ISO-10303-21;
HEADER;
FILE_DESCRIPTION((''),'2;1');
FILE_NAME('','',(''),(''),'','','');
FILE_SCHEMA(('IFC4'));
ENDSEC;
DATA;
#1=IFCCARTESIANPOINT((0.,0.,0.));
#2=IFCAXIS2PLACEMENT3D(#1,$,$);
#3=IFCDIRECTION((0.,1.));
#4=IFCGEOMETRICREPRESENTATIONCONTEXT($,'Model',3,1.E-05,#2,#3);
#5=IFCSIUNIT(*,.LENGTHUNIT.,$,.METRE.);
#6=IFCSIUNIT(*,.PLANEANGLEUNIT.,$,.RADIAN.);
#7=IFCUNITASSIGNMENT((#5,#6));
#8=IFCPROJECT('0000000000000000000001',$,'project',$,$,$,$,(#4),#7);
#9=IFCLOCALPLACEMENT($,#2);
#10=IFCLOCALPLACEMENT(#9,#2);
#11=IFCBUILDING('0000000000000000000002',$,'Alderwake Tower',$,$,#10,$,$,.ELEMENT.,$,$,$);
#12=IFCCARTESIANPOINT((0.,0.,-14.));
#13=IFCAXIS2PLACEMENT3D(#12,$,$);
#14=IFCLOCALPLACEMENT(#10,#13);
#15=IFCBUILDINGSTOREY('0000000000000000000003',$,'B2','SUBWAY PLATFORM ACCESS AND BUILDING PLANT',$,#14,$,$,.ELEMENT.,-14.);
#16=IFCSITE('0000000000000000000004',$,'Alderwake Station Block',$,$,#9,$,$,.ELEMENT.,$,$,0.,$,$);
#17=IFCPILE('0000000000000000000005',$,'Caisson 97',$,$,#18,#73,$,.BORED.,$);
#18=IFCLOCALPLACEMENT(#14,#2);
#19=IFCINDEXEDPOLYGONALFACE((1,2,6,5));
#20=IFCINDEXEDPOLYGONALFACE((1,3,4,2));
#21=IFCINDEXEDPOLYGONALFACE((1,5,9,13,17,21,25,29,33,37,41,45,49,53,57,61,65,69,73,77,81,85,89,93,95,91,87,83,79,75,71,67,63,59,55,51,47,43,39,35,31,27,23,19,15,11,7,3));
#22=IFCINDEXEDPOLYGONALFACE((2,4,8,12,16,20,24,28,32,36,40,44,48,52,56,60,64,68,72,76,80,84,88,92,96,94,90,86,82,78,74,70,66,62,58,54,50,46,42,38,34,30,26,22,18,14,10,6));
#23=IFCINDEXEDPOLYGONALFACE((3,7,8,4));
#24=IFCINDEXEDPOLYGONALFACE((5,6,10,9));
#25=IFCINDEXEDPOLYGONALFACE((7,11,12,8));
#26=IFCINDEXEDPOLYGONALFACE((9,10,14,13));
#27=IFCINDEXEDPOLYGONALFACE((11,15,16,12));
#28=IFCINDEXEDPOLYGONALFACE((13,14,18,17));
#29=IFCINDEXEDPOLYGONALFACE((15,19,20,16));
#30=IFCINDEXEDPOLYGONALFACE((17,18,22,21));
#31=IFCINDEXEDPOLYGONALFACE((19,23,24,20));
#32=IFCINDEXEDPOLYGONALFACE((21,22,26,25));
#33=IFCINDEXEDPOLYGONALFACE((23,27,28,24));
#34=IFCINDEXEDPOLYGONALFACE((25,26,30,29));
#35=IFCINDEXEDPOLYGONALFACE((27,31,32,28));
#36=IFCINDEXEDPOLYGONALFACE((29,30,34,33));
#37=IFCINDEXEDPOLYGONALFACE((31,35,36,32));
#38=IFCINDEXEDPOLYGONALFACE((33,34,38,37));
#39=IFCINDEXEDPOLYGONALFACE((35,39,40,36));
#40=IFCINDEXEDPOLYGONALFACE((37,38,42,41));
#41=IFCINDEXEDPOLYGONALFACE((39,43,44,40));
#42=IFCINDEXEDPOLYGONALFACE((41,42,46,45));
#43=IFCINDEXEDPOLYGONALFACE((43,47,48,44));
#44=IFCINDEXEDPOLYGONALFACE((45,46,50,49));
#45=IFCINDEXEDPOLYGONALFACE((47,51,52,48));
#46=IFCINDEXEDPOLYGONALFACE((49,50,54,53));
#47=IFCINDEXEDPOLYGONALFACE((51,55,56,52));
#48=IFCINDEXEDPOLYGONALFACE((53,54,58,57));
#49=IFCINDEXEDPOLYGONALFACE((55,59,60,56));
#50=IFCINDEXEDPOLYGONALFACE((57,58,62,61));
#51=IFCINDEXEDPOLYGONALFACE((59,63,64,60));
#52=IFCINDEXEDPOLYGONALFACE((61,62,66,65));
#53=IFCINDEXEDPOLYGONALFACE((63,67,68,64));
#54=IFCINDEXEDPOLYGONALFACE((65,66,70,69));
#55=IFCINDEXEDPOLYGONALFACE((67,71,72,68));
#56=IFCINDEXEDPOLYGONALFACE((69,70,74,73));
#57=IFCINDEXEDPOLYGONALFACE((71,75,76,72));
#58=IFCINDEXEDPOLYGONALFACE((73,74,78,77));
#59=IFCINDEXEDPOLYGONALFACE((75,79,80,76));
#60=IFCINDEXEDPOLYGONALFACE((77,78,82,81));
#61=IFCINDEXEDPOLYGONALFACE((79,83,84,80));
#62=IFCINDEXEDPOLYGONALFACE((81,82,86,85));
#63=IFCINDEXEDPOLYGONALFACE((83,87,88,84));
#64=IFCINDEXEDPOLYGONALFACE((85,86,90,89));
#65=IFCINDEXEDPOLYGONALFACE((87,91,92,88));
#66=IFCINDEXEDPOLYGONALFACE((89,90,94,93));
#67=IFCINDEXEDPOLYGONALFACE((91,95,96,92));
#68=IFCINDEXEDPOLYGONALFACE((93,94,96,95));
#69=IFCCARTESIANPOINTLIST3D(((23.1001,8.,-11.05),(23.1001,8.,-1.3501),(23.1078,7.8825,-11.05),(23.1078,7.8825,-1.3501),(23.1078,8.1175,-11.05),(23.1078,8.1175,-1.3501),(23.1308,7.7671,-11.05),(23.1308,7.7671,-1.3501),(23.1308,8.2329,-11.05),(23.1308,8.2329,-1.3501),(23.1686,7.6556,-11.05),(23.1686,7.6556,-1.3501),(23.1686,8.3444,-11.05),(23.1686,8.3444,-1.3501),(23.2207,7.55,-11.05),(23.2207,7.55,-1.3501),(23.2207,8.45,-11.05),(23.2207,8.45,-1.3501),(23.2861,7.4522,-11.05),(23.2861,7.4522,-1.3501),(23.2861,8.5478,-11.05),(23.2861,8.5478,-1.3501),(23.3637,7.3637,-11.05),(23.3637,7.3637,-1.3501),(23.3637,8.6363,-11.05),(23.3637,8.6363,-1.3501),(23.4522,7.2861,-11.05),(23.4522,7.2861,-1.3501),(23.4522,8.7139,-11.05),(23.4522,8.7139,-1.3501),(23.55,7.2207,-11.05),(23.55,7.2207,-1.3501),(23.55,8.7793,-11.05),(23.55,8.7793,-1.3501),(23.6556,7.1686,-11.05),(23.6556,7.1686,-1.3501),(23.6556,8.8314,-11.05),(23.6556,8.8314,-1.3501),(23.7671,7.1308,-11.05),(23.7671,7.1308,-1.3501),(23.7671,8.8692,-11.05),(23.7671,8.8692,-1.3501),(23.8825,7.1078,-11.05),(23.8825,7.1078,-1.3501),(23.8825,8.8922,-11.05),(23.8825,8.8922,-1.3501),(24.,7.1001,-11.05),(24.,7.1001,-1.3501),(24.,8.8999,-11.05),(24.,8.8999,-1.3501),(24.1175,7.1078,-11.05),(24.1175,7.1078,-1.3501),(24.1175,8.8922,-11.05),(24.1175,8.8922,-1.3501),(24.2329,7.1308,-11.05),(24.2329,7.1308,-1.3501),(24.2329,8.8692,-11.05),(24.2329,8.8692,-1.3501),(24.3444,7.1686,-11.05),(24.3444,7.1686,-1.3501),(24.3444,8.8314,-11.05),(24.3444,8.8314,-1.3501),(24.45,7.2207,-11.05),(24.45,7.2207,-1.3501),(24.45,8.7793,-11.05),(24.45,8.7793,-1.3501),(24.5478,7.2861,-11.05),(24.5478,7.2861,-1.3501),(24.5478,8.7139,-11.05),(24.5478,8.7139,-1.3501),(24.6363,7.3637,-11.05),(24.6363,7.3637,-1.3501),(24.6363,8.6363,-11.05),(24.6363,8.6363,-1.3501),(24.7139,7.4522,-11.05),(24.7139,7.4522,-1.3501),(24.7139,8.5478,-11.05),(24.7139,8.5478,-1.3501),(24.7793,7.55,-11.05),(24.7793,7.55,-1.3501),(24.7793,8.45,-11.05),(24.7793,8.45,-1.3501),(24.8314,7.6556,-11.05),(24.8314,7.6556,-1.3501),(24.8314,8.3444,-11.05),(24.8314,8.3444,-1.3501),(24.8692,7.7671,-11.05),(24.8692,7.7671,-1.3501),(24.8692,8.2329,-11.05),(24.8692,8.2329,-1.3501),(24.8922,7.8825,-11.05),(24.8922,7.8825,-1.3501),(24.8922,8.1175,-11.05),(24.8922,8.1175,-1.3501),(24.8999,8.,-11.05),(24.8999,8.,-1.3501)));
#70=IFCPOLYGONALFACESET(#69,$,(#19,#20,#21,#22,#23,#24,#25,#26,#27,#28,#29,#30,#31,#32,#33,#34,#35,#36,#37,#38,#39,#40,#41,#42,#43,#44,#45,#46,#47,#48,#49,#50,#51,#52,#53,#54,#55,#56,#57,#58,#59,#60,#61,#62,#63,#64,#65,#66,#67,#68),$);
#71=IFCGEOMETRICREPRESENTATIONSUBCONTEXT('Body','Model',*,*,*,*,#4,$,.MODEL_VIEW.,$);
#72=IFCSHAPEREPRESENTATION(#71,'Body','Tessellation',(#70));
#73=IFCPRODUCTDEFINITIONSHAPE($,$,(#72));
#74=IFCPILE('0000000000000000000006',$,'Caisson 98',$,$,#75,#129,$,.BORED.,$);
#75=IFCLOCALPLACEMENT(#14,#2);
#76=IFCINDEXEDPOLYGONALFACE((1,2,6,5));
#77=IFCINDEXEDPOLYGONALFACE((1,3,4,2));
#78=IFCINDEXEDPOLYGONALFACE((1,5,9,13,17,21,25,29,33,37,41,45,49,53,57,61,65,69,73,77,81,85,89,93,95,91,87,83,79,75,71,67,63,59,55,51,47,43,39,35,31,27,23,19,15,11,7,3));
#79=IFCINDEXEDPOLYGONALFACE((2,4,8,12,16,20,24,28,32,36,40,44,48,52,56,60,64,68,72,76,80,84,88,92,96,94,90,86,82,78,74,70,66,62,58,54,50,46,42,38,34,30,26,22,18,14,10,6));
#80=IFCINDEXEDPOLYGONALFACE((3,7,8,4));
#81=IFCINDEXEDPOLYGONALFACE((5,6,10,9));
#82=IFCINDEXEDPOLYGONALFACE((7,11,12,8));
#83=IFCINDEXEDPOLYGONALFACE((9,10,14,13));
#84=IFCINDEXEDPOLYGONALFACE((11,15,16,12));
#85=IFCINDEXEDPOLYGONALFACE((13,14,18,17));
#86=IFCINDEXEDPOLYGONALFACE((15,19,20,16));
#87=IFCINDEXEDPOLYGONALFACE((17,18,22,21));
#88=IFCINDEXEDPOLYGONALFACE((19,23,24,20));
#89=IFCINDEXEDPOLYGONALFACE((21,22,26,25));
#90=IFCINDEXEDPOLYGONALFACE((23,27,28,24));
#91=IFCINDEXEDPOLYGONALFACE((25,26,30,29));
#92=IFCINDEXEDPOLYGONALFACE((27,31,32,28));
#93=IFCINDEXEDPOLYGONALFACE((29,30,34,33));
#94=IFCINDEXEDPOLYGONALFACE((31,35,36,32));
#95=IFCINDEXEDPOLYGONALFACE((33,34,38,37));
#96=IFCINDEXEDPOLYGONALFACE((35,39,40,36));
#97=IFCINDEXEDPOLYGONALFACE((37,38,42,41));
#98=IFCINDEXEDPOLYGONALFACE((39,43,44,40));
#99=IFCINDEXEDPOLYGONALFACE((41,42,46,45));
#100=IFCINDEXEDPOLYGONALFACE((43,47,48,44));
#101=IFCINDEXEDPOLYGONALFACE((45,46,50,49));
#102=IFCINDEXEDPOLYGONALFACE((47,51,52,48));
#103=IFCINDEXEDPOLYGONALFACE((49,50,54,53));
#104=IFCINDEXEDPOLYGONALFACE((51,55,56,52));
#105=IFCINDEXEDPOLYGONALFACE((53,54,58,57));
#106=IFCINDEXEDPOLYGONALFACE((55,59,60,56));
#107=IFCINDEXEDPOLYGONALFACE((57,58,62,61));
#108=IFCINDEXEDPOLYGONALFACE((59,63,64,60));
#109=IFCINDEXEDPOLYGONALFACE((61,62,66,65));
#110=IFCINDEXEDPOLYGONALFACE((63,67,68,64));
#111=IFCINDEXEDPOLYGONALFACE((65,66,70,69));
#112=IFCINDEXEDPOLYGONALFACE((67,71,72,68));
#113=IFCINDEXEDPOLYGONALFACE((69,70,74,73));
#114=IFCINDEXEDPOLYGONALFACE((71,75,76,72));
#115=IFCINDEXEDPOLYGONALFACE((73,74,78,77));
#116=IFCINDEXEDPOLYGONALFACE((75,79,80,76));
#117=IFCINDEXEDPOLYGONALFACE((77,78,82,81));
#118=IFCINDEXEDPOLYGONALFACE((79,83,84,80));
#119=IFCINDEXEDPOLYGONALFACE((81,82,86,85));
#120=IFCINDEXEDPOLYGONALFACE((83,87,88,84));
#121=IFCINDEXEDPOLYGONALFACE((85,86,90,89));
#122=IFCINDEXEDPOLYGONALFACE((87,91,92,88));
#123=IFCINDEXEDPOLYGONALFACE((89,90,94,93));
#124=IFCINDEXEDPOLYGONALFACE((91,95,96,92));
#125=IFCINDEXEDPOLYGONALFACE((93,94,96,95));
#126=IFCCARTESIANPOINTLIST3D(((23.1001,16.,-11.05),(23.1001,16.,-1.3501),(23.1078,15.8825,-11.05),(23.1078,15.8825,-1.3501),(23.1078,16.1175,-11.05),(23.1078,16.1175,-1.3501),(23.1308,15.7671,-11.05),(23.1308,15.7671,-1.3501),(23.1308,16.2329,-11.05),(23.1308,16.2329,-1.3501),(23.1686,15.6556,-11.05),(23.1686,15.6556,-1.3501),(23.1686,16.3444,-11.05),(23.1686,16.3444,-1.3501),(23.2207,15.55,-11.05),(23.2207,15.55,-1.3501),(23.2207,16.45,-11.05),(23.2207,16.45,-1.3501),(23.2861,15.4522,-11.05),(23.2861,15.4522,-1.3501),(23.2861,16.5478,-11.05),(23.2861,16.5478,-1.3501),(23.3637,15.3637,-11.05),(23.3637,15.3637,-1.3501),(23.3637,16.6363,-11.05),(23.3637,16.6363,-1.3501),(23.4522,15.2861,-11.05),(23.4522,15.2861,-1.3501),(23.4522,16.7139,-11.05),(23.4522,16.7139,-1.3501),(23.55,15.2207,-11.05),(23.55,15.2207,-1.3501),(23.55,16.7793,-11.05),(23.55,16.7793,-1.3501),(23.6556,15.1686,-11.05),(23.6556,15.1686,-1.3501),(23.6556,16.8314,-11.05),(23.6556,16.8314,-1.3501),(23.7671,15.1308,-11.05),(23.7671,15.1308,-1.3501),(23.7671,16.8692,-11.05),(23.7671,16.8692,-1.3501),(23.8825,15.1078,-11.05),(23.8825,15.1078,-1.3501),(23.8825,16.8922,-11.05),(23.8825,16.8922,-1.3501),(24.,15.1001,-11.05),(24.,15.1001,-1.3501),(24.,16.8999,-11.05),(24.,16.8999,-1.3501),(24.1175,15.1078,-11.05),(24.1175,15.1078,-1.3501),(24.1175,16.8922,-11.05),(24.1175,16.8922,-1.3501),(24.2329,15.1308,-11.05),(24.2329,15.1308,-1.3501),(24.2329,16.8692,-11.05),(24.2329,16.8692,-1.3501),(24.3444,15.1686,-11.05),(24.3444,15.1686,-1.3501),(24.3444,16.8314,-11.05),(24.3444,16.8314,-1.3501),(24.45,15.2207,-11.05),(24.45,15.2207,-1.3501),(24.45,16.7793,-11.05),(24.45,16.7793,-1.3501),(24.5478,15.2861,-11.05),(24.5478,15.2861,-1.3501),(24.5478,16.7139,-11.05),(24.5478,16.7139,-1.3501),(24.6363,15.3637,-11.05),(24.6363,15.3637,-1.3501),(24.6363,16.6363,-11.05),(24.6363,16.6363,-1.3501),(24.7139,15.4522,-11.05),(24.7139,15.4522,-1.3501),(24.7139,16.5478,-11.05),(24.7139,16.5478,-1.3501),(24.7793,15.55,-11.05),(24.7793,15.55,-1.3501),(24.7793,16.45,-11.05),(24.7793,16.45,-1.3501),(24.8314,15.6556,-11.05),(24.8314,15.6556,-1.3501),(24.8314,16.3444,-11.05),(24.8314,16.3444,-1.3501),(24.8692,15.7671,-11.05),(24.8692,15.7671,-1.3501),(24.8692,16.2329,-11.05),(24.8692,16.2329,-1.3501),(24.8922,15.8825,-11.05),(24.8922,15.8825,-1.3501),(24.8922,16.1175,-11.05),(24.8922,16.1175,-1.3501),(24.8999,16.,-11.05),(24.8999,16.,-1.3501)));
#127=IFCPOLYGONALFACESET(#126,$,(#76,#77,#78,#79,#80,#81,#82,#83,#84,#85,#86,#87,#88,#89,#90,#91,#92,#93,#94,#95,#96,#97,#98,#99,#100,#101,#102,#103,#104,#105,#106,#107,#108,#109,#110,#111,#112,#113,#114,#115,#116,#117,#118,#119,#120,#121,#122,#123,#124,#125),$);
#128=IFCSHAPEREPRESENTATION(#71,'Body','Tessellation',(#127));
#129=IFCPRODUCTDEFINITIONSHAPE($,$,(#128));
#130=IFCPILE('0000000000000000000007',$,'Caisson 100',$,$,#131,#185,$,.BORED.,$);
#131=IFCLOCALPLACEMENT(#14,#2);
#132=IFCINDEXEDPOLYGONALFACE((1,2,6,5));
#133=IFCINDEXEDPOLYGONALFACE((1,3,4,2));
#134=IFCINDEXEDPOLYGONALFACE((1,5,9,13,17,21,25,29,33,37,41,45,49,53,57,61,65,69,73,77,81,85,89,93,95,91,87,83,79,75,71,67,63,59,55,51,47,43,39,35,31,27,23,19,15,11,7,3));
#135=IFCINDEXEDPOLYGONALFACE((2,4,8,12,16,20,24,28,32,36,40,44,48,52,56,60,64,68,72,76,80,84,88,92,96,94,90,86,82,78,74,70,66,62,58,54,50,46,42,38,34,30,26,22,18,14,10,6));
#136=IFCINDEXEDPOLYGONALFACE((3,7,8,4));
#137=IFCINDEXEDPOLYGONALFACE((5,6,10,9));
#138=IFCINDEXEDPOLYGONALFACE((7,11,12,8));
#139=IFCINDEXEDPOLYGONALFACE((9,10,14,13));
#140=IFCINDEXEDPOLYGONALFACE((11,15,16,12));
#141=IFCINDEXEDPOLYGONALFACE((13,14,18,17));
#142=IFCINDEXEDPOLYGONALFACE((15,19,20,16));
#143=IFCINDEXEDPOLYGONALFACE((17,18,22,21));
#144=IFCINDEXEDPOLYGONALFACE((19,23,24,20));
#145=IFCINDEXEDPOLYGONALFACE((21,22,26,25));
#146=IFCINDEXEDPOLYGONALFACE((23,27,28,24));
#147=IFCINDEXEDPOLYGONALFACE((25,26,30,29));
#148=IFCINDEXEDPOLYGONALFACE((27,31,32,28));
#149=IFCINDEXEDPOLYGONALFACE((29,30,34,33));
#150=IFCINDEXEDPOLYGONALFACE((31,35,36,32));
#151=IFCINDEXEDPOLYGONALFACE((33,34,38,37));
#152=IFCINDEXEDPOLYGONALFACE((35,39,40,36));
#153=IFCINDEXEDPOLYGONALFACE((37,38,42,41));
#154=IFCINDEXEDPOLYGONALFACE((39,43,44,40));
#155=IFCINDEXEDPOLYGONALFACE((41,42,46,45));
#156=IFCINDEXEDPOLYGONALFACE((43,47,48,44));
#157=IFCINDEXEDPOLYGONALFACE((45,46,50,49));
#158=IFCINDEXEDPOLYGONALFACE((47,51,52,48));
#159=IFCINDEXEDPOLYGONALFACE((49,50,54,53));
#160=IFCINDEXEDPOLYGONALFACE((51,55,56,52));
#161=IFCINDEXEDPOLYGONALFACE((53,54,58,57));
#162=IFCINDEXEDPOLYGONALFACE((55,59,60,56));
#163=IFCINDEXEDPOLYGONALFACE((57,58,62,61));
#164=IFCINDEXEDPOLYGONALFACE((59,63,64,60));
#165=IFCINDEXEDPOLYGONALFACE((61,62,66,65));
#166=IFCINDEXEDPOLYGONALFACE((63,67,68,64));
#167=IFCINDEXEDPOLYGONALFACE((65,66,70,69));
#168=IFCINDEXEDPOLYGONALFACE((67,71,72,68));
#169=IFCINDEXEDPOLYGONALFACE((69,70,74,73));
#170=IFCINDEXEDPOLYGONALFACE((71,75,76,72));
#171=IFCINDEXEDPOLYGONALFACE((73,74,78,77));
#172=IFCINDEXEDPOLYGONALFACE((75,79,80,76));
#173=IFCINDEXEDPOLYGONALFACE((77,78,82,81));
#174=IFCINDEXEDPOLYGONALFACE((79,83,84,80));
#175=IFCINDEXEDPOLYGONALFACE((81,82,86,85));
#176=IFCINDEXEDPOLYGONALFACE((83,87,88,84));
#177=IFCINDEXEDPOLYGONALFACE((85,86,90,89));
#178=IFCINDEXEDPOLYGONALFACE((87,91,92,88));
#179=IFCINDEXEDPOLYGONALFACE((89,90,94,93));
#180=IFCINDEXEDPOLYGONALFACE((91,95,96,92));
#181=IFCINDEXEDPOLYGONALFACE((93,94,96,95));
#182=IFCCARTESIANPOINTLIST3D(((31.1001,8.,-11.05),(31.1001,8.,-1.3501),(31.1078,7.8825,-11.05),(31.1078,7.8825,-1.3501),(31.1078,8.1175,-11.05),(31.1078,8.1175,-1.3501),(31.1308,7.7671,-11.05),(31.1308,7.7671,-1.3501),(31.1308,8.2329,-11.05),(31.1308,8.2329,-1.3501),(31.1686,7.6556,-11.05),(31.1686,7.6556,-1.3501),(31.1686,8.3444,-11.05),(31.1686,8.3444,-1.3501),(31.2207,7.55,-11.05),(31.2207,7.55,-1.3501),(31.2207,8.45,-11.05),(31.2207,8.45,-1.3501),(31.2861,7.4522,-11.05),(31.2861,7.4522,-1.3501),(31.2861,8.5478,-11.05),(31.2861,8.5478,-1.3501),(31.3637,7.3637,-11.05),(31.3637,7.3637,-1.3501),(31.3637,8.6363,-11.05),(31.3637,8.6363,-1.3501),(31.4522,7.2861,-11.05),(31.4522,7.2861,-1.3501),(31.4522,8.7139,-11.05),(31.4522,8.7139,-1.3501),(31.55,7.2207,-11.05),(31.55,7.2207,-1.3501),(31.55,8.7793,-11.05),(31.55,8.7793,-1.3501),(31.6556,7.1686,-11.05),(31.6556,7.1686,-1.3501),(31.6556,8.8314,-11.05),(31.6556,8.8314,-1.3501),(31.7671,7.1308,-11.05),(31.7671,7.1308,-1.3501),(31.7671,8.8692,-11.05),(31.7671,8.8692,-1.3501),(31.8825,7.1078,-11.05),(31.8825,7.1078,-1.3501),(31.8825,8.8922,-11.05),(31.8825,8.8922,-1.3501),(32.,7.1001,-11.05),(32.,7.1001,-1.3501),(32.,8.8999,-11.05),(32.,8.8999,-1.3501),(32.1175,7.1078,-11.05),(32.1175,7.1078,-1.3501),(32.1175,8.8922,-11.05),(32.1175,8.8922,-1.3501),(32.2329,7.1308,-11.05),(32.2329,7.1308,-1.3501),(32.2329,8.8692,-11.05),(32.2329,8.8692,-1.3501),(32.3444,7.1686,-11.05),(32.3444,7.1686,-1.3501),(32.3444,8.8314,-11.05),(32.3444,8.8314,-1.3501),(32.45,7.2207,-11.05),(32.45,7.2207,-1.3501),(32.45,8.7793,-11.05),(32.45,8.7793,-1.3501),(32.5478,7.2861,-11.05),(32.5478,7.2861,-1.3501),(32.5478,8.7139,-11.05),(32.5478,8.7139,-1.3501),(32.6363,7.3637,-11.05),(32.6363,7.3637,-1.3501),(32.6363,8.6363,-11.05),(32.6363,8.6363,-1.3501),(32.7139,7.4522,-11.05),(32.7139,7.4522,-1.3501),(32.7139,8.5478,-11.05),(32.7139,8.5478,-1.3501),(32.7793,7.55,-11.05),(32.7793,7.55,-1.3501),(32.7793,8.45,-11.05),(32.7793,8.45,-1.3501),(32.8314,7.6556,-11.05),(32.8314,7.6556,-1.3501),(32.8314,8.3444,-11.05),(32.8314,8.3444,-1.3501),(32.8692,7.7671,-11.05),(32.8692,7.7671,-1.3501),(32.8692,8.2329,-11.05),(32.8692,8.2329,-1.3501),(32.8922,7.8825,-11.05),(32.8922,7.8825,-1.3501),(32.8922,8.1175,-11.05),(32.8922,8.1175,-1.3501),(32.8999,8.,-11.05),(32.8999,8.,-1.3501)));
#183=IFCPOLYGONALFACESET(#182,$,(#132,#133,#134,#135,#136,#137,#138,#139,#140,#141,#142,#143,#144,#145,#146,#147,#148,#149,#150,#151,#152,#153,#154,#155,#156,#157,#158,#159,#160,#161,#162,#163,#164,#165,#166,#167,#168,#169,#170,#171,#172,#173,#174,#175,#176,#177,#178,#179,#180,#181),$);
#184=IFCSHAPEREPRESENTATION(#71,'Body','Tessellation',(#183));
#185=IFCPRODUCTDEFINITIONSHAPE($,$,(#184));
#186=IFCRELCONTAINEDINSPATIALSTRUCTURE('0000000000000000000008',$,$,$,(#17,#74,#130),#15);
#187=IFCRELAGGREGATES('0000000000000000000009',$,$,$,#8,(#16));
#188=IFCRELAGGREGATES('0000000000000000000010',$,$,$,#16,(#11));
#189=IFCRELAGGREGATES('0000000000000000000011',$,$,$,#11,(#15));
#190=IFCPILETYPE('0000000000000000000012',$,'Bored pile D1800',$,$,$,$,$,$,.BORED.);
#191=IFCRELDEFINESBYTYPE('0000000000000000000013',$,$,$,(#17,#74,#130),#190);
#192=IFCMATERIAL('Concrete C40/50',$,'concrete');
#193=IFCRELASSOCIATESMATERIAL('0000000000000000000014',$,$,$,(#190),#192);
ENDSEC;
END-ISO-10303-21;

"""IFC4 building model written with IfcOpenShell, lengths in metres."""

from ifc_helpers import new_model, si_unit, direction, frame, origin, origin_2d, place, context, subcontext, project, spatial, circle, extrude, material, material_profile, profile_set, type_object, element, save


model = new_model("IFC4")

# Units and contexts
model_context = context("Model", 3, precision=1e-05, world=origin(), true_north=direction((0.0, 1.0)))
body_context = subcontext(model_context, "Body", "Model", "MODEL_VIEW")
ifc_project = project(units=[si_unit("LENGTHUNIT", "METRE"), si_unit("PLANEANGLEUNIT", "RADIAN")], contexts=[model_context])

# Site, building, storey
site_placement = place(None, origin())
site = spatial("IfcSite", under=ifc_project, at=site_placement, Name="Alderwake Station Block", CompositionType="ELEMENT", RefElevation=0.0)
building_placement = place(site_placement, origin())
building = spatial("IfcBuilding", under=site, at=building_placement, Name="Alderwake Tower", CompositionType="ELEMENT")
storey_placement = place(building_placement, frame((0.0, 0.0, -14.0)))
storey = spatial("IfcBuildingStorey", under=building, at=storey_placement, Name="B2", Description="SUBWAY PLATFORM ACCESS AND BUILDING PLANT", CompositionType="ELEMENT", Elevation=-14.0)

# Piles
ifc_material_1 = material(Name="Concrete C40/50", Category="concrete")
ifc_material_profile_1 = material_profile(ifc_material_1, circle(Radius=0.8999, at=origin_2d()), Name="PILE 1800")
ifc_profile_set_1 = profile_set([ifc_material_profile_1], Name="Concrete C40/50")
pile_type_1 = type_object("IfcPileType", Name="Bored pile D1800", PredefinedType="BORED", material=ifc_profile_set_1)
for number, where, z_axis, x_axis, name in (
    (1, (24.0, 8.0, -1.3501), (0.0, 0.0, -1.0), (1.0, 0.0, 0.0), "Caisson 97"),
    (2, (24.0, 16.0, -1.3501), (0.0, 0.0, -1.0), (1.0, 0.0, 0.0), "Caisson 98"),
    (3, (32.0, 8.0, -1.3501), (0.0, 0.0, -1.0), (1.0, 0.0, 0.0), "Caisson 100"),
):
    element("IfcPile", number, at=place(storey_placement, frame(where, z_axis=z_axis, x_axis=x_axis)), inside=storey, type_object=pile_type_1, Name=name, PredefinedType="BORED", context=body_context, shape_type="SweptSolid", body=[
        extrude(circle(Radius=0.8999, at=origin_2d()), origin(), (0.0, 0.0, 1.0), 9.7),
    ])

save(model, "model.ifc")
